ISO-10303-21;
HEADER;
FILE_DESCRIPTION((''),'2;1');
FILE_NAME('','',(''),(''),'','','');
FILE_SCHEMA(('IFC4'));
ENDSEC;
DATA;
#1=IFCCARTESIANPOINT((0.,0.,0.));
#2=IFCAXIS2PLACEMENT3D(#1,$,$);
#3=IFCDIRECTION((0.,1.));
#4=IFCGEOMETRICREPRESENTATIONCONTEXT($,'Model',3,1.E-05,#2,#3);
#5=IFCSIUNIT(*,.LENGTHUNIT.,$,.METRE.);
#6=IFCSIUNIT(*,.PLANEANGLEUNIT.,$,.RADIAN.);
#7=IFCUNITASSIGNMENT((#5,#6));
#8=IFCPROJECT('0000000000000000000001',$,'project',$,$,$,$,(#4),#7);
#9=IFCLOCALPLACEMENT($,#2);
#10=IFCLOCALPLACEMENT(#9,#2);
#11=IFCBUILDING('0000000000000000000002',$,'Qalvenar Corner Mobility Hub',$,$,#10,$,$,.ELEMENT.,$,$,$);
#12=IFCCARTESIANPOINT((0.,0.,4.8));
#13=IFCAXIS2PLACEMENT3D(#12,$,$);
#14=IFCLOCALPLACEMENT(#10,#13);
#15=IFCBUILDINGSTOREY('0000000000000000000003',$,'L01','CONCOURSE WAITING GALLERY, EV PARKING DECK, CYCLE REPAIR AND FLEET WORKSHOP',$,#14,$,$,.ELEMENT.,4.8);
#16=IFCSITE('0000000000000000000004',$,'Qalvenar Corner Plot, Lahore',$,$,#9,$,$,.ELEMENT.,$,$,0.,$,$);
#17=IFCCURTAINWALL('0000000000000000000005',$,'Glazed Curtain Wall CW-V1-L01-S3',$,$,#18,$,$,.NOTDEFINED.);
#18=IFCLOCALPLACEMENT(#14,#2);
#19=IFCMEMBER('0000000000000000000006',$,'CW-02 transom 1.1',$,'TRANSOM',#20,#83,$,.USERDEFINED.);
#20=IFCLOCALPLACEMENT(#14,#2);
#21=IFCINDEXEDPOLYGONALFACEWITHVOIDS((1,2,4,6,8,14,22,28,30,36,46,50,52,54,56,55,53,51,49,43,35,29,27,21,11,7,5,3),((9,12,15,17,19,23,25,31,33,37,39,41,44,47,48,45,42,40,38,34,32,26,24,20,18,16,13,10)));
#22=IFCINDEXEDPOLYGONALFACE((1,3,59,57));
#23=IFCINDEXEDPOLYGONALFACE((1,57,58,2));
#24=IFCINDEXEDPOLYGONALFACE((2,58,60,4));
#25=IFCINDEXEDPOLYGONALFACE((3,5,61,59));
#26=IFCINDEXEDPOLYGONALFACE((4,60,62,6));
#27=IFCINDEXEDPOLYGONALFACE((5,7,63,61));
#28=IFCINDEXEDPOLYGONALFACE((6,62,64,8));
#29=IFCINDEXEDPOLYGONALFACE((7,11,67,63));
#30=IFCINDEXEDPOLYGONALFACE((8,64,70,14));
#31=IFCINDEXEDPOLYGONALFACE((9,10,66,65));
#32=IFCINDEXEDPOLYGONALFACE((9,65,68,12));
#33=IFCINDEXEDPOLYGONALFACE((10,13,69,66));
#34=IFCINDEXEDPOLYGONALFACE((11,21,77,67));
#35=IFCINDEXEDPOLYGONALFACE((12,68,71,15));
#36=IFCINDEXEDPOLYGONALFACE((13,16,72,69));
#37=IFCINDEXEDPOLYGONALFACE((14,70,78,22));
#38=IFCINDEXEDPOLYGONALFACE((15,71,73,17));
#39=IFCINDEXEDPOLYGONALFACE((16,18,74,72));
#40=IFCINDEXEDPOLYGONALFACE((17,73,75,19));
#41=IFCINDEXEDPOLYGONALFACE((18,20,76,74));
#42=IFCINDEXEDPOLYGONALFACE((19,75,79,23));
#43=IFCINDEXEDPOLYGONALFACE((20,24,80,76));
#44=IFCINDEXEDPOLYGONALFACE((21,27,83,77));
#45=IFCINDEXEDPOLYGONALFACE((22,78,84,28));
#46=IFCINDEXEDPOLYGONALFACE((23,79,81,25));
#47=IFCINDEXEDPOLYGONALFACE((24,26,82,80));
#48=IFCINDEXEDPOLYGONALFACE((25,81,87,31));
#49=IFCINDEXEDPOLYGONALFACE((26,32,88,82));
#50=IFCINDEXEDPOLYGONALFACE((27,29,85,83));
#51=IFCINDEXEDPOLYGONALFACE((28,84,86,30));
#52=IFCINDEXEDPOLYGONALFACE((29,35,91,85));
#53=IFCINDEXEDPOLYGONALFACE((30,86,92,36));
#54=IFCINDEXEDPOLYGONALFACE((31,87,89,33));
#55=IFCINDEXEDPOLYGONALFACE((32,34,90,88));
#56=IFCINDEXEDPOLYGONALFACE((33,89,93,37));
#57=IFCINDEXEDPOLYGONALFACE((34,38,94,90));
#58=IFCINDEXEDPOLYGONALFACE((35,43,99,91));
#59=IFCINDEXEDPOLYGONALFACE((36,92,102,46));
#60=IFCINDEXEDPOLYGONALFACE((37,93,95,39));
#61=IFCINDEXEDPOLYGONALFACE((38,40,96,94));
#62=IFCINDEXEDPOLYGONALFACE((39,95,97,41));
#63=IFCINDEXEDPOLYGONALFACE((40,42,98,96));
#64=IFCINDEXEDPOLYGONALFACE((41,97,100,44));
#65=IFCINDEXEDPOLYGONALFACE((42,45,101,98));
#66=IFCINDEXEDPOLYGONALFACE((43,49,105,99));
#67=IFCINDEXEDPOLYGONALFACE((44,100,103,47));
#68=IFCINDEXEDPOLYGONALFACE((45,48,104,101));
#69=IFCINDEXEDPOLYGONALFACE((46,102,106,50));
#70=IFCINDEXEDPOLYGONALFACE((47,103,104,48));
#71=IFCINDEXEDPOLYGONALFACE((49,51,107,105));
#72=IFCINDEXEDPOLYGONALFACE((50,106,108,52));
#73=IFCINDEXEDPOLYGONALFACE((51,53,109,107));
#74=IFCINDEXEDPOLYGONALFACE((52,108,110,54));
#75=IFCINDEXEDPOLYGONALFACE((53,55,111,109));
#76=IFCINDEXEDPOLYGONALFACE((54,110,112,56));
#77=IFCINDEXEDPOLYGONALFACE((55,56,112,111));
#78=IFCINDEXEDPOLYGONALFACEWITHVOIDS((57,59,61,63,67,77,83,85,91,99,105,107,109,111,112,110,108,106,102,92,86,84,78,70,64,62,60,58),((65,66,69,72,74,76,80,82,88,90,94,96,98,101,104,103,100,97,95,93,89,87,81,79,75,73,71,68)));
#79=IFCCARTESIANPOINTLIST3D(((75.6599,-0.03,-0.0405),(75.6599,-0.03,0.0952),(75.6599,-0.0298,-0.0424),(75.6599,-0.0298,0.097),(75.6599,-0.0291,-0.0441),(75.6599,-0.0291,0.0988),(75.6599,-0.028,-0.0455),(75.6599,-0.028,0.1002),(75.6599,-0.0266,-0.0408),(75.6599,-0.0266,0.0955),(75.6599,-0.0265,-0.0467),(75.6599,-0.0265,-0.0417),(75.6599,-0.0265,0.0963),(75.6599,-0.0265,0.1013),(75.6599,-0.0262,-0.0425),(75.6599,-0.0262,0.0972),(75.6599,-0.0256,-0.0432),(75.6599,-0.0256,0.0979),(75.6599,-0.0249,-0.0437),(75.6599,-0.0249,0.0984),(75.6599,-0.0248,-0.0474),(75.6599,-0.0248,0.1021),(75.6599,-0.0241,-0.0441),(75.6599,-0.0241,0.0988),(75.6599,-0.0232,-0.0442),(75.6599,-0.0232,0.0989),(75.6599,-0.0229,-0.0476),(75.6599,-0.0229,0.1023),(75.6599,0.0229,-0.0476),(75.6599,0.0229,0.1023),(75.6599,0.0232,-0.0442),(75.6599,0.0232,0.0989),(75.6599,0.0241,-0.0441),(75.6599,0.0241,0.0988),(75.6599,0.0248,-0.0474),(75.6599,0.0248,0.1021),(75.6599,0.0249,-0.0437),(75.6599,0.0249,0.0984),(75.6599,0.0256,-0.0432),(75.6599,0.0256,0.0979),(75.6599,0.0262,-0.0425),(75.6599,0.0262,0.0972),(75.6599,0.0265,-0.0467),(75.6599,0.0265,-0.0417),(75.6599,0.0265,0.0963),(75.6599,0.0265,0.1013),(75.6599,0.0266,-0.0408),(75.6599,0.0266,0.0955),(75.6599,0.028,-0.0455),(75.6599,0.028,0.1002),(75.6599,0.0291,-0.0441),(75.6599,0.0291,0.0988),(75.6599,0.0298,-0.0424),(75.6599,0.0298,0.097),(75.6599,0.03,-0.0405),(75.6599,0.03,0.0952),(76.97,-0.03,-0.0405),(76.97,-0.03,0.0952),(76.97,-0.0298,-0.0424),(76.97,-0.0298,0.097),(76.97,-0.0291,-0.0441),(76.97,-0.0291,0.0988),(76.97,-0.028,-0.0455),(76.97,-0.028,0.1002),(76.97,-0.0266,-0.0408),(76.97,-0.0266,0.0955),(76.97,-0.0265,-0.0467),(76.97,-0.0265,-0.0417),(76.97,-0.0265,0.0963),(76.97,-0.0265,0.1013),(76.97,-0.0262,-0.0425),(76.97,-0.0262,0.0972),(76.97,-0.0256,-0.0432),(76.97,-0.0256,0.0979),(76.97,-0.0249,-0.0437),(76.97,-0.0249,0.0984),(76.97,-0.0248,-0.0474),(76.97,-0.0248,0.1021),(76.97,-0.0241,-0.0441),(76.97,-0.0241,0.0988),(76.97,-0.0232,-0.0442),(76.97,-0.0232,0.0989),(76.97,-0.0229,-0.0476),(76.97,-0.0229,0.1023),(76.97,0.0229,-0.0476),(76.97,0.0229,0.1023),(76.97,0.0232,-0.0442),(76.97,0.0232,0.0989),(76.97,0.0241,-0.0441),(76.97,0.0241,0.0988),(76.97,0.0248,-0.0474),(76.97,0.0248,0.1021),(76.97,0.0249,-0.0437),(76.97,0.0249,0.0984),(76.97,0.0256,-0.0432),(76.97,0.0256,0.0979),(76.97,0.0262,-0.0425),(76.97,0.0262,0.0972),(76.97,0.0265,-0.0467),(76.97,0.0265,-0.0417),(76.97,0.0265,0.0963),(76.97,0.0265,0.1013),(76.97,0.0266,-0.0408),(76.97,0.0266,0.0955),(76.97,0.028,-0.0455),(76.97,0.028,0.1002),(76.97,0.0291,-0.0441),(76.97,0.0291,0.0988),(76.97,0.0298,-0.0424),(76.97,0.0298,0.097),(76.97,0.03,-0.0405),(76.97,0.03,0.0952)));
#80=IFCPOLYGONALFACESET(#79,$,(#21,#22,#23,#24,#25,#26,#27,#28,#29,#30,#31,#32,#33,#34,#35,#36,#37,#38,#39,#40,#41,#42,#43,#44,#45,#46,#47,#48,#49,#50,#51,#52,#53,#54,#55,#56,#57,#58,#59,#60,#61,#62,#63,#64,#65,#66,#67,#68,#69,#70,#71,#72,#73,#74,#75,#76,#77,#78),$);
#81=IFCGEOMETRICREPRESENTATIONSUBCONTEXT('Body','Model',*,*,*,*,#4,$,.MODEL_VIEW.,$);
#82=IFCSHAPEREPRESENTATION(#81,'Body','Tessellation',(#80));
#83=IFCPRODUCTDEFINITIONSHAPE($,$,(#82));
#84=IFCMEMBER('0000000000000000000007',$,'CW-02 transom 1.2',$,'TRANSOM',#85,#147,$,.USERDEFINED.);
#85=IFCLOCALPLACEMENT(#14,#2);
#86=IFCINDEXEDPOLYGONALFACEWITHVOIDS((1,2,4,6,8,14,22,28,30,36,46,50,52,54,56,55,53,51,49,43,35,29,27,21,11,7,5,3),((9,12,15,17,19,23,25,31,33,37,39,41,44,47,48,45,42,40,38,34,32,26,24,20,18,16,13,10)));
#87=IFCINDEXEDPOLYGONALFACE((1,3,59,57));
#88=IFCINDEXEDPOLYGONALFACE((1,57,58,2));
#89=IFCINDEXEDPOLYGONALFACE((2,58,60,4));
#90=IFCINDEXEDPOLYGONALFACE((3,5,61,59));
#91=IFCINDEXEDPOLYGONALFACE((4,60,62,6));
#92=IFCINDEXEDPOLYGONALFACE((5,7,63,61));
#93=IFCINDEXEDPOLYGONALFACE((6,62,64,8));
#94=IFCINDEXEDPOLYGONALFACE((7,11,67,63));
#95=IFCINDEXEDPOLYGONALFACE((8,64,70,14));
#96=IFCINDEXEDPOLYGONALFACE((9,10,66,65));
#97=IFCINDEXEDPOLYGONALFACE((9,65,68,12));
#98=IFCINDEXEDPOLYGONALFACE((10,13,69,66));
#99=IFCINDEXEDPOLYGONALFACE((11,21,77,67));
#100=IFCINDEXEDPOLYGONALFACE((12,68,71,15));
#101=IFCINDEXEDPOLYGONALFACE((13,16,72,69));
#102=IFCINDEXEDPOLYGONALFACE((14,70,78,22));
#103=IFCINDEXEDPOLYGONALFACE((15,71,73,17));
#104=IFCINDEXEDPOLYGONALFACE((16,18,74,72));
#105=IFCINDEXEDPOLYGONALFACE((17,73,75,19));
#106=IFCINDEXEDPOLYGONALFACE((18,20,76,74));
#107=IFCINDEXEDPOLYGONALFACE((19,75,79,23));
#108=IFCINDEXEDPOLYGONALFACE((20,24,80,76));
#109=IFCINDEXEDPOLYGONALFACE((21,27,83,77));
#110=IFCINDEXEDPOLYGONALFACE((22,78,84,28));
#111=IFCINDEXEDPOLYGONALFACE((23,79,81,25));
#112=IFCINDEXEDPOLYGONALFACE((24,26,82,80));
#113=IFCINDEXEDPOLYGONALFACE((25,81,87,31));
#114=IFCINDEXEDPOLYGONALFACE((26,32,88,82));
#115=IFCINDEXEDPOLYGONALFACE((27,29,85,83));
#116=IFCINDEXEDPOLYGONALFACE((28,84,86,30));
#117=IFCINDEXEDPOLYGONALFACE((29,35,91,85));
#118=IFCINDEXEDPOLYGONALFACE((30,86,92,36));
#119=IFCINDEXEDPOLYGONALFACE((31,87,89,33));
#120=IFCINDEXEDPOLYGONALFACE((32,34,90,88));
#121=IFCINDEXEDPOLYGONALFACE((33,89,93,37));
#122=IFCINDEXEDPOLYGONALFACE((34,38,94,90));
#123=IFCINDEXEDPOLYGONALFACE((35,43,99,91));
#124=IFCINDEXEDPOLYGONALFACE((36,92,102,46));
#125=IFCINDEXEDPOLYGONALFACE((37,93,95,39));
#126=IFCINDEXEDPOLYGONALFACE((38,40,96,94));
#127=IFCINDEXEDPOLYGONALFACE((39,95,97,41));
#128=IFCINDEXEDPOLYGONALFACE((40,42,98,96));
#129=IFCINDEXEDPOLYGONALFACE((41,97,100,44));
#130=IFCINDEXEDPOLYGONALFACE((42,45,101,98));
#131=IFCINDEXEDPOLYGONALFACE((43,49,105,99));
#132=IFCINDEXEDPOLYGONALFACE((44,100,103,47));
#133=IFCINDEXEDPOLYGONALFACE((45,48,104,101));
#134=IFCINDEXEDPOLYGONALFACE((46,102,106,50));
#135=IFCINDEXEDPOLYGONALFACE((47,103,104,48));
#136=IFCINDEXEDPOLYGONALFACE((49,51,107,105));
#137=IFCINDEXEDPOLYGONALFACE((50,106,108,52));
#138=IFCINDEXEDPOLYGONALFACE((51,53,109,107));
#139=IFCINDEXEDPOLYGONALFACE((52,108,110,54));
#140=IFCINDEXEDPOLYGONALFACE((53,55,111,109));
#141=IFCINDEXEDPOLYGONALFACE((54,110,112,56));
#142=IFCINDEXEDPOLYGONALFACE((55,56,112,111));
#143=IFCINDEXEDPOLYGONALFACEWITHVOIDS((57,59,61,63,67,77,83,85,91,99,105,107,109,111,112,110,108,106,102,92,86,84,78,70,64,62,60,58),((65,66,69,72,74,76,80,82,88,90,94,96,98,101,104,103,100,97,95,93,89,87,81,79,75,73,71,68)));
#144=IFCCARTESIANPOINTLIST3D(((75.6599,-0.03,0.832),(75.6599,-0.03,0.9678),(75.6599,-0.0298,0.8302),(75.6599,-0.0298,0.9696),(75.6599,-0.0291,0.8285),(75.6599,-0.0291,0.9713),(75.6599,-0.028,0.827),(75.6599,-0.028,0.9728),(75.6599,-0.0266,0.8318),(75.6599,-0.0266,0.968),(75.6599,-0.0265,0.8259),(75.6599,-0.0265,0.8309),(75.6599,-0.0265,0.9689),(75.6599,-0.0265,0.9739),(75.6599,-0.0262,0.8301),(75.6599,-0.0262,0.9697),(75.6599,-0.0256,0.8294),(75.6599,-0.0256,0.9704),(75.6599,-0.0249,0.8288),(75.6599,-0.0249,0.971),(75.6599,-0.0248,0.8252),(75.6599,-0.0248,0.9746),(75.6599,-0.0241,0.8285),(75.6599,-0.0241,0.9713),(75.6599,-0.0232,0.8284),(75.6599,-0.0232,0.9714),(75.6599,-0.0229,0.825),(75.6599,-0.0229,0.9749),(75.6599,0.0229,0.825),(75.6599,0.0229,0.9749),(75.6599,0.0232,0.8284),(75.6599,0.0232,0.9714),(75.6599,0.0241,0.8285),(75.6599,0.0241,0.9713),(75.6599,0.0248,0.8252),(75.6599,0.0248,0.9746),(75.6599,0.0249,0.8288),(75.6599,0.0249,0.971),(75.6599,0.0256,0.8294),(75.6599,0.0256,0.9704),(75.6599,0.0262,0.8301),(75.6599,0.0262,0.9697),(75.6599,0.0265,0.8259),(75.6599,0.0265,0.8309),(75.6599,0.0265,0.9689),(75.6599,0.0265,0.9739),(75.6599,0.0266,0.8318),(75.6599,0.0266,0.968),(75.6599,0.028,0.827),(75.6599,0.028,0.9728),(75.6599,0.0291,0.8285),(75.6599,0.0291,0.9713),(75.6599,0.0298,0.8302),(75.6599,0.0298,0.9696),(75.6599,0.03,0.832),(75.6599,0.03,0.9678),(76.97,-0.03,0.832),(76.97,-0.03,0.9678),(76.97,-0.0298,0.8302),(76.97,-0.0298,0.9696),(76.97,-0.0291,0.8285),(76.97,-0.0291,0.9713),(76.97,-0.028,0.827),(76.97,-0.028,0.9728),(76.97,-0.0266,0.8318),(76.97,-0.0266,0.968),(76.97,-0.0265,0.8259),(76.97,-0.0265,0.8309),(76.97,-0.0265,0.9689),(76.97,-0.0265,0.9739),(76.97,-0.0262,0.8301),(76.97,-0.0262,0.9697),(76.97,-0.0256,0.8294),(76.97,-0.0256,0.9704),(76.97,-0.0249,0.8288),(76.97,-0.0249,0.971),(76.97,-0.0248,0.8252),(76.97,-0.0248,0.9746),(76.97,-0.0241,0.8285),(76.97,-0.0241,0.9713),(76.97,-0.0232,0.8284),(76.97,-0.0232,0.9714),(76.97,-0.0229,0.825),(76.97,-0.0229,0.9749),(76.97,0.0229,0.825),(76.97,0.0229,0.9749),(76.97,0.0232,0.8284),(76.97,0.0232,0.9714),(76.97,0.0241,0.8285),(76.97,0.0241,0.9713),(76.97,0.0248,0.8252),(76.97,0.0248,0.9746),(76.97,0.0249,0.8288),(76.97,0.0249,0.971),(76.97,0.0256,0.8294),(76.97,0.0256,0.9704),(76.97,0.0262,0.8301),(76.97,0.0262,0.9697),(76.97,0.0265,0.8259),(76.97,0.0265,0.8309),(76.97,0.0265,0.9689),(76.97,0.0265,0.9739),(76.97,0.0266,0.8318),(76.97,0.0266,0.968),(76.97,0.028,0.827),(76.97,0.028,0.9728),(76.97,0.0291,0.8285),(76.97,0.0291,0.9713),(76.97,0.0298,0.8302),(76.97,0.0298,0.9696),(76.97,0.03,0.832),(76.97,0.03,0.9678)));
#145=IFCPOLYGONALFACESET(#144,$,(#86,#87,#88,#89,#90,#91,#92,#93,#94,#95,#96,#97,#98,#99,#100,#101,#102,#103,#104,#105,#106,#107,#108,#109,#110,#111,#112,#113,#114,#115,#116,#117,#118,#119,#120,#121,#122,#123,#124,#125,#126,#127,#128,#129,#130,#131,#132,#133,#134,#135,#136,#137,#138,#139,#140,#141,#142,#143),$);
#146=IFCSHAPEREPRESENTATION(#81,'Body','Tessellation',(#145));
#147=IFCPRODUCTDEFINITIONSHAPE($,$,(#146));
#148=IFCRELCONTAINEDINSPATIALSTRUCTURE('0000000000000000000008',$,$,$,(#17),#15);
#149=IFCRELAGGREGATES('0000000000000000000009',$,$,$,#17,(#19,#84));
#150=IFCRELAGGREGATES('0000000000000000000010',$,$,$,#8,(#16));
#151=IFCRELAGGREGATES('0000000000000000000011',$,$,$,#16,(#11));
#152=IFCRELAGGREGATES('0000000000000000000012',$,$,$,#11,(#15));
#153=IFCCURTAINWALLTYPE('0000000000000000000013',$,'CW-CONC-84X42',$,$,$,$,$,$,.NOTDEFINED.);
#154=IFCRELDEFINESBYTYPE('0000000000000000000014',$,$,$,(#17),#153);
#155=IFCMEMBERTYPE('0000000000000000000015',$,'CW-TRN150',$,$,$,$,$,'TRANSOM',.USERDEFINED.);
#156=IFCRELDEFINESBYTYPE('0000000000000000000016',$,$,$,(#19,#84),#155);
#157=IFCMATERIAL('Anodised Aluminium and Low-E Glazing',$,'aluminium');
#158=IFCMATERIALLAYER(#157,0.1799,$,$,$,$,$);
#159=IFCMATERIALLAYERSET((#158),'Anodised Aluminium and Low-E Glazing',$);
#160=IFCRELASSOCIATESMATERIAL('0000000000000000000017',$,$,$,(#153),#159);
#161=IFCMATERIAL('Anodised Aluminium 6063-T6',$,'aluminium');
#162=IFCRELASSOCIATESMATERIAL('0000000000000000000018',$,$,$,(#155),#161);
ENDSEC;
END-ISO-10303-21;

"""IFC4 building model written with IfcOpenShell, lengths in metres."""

from ifc_helpers import new_model, si_unit, direction, frame, origin, origin_2d, place, context, subcontext, project, spatial, hollow_rectangle, extrude, material, layer, layer_set, material_profile, profile_set, type_object, element, aggregate, save


model = new_model("IFC4")

# Units and contexts
model_context = context("Model", 3, precision=1e-05, world=origin(), true_north=direction((0.0, 1.0)))
body_context = subcontext(model_context, "Body", "Model", "MODEL_VIEW")
ifc_project = project(units=[si_unit("LENGTHUNIT", "METRE"), si_unit("PLANEANGLEUNIT", "RADIAN")], contexts=[model_context])

# Site, building, storey
site_placement = place(None, origin())
site = spatial("IfcSite", under=ifc_project, at=site_placement, Name="Qalvenar Corner Plot, Lahore", CompositionType="ELEMENT", RefElevation=0.0)
building_placement = place(site_placement, origin())
building = spatial("IfcBuilding", under=site, at=building_placement, Name="Qalvenar Corner Mobility Hub", CompositionType="ELEMENT")
storey_placement = place(building_placement, frame((0.0, 0.0, 4.8)))
storey = spatial("IfcBuildingStorey", under=building, at=storey_placement, Name="L01", Description="CONCOURSE WAITING GALLERY, EV PARKING DECK, CYCLE REPAIR AND FLEET WORKSHOP", CompositionType="ELEMENT", Elevation=4.8)

# Shared definitions
ifc_material_1 = material(Name="Anodised Aluminium and Low-E Glazing", Category="aluminium")
ifc_layer_1 = layer(ifc_material_1, 0.1799)
ifc_layer_set_1 = layer_set([ifc_layer_1], Name="Anodised Aluminium and Low-E Glazing")
curtain_wall_type = type_object("IfcCurtainWallType", Name="CW-CONC-84X42", PredefinedType="NOTDEFINED", material=ifc_layer_set_1)
ifc_material_2 = material(Name="Anodised Aluminium 6063-T6", Category="aluminium")

# Curtain wall
curtain_wall_1_placement = place(storey_placement, origin())
curtain_wall_1 = element("IfcCurtainWall", 1, at=curtain_wall_1_placement, inside=storey, type_object=curtain_wall_type, Name="Glazed Curtain Wall CW-V1-L01-S3", PredefinedType="NOTDEFINED")

# Members
ifc_material_profile_1 = material_profile(ifc_material_2, hollow_rectangle(XDim=0.0601, YDim=0.1499, WallThickness=0.0034, InnerFilletRadius=0.0034, OuterFilletRadius=0.0071, at=origin_2d()), Name="RHS150x60x3.5")
ifc_profile_set_1 = profile_set([ifc_material_profile_1], Name="Anodised Aluminium 6063-T6")
member_type_1 = type_object("IfcMemberType", Name="CW-TRN150", ElementType="TRANSOM", PredefinedType="USERDEFINED", material=ifc_profile_set_1)
member_1_placement = place(storey_placement, frame((75.6599, 0.0, 0.0273), z_axis=(1.0, 0.0, 0.0), x_axis=(0.0, 1.0, 0.0)))
member_1 = element("IfcMember", 2, at=member_1_placement, type_object=member_type_1, Name="CW-02 transom 1.1", ObjectType="TRANSOM", PredefinedType="USERDEFINED", context=body_context, shape_type="SweptSolid", body=[
    extrude(hollow_rectangle(XDim=0.0601, YDim=0.1499, WallThickness=0.0034, InnerFilletRadius=0.0034, OuterFilletRadius=0.0071, at=origin_2d()), origin(), (0.0, 0.0, 1.0), 1.3101),
])
member_2_placement = place(storey_placement, frame((75.6599, 0.0, 0.8999), z_axis=(1.0, 0.0, 0.0), x_axis=(0.0, 1.0, 0.0)))
member_2 = element("IfcMember", 3, at=member_2_placement, type_object=member_type_1, Name="CW-02 transom 1.2", ObjectType="TRANSOM", PredefinedType="USERDEFINED", context=body_context, shape_type="SweptSolid", body=[
    extrude(hollow_rectangle(XDim=0.0601, YDim=0.1499, WallThickness=0.0034, InnerFilletRadius=0.0034, OuterFilletRadius=0.0071, at=origin_2d()), origin(), (0.0, 0.0, 1.0), 1.3101),
])

aggregate(curtain_wall_1, [member_1, member_2])

save(model, "model.ifc")
